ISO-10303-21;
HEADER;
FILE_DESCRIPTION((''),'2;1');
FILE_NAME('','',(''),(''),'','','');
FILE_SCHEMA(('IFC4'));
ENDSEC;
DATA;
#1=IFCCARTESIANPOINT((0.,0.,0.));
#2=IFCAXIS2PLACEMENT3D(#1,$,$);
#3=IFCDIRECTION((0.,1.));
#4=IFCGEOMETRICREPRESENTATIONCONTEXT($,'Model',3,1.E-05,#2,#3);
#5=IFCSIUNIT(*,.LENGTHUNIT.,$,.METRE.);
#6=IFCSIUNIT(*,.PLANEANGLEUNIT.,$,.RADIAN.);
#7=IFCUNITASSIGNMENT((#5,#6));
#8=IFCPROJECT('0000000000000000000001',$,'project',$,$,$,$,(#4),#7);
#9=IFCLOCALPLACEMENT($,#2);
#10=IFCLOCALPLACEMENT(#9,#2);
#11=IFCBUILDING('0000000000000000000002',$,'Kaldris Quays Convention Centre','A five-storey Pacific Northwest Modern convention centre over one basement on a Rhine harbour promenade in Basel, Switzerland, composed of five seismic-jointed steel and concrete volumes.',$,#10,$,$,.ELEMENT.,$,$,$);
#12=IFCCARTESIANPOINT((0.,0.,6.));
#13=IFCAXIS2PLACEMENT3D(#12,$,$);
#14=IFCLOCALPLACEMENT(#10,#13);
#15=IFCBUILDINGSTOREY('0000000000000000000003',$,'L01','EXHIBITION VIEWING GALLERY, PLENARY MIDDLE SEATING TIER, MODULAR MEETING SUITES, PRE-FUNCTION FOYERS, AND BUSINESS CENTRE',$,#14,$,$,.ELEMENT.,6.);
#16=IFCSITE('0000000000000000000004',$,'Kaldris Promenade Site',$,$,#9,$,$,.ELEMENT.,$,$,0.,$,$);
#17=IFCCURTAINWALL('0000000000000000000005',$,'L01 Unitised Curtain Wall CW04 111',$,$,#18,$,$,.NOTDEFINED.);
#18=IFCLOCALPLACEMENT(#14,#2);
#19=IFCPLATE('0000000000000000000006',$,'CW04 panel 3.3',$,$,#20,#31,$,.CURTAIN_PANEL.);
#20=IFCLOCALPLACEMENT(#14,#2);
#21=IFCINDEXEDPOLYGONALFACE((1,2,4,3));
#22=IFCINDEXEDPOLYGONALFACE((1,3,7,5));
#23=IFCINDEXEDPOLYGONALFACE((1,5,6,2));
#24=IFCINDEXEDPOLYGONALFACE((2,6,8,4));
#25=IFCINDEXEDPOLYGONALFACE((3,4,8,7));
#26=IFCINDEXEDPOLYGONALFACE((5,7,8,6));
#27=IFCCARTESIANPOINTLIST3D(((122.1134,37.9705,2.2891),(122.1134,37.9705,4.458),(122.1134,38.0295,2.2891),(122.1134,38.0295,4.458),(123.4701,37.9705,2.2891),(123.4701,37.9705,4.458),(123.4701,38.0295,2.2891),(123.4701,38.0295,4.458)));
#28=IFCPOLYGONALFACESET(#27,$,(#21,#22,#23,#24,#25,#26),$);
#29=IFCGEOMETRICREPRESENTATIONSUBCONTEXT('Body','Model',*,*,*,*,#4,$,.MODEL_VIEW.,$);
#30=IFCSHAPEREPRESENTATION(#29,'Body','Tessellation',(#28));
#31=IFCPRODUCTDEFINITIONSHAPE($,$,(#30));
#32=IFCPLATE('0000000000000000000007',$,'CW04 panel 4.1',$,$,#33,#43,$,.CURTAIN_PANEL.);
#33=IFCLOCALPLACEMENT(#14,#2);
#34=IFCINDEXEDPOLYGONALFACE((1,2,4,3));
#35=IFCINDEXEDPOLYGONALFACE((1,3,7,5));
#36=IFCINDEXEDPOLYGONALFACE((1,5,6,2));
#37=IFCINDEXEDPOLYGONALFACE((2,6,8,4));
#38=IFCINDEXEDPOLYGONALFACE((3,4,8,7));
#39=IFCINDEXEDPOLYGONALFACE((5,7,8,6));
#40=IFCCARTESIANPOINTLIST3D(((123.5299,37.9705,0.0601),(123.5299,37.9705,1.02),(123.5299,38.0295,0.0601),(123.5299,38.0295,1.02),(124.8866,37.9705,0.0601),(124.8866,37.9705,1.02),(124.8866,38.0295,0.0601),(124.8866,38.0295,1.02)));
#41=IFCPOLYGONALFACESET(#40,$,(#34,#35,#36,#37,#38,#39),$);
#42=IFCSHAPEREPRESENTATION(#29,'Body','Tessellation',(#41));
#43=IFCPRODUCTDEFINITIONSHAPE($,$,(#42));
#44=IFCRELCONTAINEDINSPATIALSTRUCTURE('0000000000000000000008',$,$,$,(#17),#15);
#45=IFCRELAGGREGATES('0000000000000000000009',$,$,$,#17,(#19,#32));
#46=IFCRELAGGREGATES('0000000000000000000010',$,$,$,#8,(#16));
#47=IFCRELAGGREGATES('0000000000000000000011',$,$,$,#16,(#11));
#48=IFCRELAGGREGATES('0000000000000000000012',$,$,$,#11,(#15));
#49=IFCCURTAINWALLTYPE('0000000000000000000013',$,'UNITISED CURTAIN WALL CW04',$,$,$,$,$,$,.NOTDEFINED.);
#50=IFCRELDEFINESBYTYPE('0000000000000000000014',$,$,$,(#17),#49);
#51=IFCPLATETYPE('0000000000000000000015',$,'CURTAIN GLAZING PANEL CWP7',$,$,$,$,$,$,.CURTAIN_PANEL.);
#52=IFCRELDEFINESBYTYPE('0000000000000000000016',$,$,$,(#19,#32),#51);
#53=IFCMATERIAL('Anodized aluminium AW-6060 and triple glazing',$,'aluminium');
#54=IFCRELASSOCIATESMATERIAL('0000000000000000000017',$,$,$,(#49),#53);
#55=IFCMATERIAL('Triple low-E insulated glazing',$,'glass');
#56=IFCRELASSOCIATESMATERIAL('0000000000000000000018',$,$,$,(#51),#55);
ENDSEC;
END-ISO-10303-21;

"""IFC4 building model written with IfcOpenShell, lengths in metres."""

from ifc_helpers import new_model, si_unit, direction, frame, origin, origin_2d, place, context, subcontext, project, spatial, rectangle, extrude, material, type_object, element, aggregate, save


model = new_model("IFC4")

# Units and contexts
model_context = context("Model", 3, precision=1e-05, world=origin(), true_north=direction((0.0, 1.0)))
body_context = subcontext(model_context, "Body", "Model", "MODEL_VIEW")
ifc_project = project(units=[si_unit("LENGTHUNIT", "METRE"), si_unit("PLANEANGLEUNIT", "RADIAN")], contexts=[model_context])

# Site, building, storey
site_placement = place(None, origin())
site = spatial("IfcSite", under=ifc_project, at=site_placement, Name="Kaldris Promenade Site", CompositionType="ELEMENT", RefElevation=0.0)
building_placement = place(site_placement, origin())
building = spatial("IfcBuilding", under=site, at=building_placement, Name="Kaldris Quays Convention Centre", Description="A five-storey Pacific Northwest Modern convention centre over one basement on a Rhine harbour promenade in Basel, Switzerland, composed of five seismic-jointed steel and concrete volumes.", CompositionType="ELEMENT")
storey_placement = place(building_placement, frame((0.0, 0.0, 6.0)))
storey = spatial("IfcBuildingStorey", under=building, at=storey_placement, Name="L01", Description="EXHIBITION VIEWING GALLERY, PLENARY MIDDLE SEATING TIER, MODULAR MEETING SUITES, PRE-FUNCTION FOYERS, AND BUSINESS CENTRE", CompositionType="ELEMENT", Elevation=6.0)

# Curtain wall, plates
ifc_material_1 = material(Name="Anodized aluminium AW-6060 and triple glazing", Category="aluminium")
curtain_wall_type = type_object("IfcCurtainWallType", Name="UNITISED CURTAIN WALL CW04", PredefinedType="NOTDEFINED", material=ifc_material_1)
curtain_wall_placement = place(storey_placement, origin())
curtain_wall = element("IfcCurtainWall", 1, at=curtain_wall_placement, inside=storey, type_object=curtain_wall_type, Name="L01 Unitised Curtain Wall CW04 111", PredefinedType="NOTDEFINED")
ifc_material_2 = material(Name="Triple low-E insulated glazing", Category="glass")
plate_type = type_object("IfcPlateType", Name="CURTAIN GLAZING PANEL CWP7", PredefinedType="CURTAIN_PANEL", material=ifc_material_2)
plate_1_placement = place(storey_placement, frame((122.7917, 38.0, 2.2891), z_axis=(0.0, 0.0, 1.0), x_axis=(1.0, 0.0, 0.0)))
plate_1 = element("IfcPlate", 2, at=plate_1_placement, type_object=plate_type, Name="CW04 panel 3.3", PredefinedType="CURTAIN_PANEL", context=body_context, shape_type="SweptSolid", body=[
    extrude(rectangle(XDim=1.3567, YDim=0.0591, at=origin_2d()), origin(), (0.0, 0.0, 1.0), 2.1689),
])
plate_2_placement = place(storey_placement, frame((124.2083, 38.0, 0.0601), z_axis=(0.0, 0.0, 1.0), x_axis=(1.0, 0.0, 0.0)))
plate_2 = element("IfcPlate", 3, at=plate_2_placement, type_object=plate_type, Name="CW04 panel 4.1", PredefinedType="CURTAIN_PANEL", context=body_context, shape_type="SweptSolid", body=[
    extrude(rectangle(XDim=1.3567, YDim=0.0591, at=origin_2d()), origin(), (0.0, 0.0, 1.0), 0.96),
])
aggregate(curtain_wall, [plate_1, plate_2])

save(model, "model.ifc")
